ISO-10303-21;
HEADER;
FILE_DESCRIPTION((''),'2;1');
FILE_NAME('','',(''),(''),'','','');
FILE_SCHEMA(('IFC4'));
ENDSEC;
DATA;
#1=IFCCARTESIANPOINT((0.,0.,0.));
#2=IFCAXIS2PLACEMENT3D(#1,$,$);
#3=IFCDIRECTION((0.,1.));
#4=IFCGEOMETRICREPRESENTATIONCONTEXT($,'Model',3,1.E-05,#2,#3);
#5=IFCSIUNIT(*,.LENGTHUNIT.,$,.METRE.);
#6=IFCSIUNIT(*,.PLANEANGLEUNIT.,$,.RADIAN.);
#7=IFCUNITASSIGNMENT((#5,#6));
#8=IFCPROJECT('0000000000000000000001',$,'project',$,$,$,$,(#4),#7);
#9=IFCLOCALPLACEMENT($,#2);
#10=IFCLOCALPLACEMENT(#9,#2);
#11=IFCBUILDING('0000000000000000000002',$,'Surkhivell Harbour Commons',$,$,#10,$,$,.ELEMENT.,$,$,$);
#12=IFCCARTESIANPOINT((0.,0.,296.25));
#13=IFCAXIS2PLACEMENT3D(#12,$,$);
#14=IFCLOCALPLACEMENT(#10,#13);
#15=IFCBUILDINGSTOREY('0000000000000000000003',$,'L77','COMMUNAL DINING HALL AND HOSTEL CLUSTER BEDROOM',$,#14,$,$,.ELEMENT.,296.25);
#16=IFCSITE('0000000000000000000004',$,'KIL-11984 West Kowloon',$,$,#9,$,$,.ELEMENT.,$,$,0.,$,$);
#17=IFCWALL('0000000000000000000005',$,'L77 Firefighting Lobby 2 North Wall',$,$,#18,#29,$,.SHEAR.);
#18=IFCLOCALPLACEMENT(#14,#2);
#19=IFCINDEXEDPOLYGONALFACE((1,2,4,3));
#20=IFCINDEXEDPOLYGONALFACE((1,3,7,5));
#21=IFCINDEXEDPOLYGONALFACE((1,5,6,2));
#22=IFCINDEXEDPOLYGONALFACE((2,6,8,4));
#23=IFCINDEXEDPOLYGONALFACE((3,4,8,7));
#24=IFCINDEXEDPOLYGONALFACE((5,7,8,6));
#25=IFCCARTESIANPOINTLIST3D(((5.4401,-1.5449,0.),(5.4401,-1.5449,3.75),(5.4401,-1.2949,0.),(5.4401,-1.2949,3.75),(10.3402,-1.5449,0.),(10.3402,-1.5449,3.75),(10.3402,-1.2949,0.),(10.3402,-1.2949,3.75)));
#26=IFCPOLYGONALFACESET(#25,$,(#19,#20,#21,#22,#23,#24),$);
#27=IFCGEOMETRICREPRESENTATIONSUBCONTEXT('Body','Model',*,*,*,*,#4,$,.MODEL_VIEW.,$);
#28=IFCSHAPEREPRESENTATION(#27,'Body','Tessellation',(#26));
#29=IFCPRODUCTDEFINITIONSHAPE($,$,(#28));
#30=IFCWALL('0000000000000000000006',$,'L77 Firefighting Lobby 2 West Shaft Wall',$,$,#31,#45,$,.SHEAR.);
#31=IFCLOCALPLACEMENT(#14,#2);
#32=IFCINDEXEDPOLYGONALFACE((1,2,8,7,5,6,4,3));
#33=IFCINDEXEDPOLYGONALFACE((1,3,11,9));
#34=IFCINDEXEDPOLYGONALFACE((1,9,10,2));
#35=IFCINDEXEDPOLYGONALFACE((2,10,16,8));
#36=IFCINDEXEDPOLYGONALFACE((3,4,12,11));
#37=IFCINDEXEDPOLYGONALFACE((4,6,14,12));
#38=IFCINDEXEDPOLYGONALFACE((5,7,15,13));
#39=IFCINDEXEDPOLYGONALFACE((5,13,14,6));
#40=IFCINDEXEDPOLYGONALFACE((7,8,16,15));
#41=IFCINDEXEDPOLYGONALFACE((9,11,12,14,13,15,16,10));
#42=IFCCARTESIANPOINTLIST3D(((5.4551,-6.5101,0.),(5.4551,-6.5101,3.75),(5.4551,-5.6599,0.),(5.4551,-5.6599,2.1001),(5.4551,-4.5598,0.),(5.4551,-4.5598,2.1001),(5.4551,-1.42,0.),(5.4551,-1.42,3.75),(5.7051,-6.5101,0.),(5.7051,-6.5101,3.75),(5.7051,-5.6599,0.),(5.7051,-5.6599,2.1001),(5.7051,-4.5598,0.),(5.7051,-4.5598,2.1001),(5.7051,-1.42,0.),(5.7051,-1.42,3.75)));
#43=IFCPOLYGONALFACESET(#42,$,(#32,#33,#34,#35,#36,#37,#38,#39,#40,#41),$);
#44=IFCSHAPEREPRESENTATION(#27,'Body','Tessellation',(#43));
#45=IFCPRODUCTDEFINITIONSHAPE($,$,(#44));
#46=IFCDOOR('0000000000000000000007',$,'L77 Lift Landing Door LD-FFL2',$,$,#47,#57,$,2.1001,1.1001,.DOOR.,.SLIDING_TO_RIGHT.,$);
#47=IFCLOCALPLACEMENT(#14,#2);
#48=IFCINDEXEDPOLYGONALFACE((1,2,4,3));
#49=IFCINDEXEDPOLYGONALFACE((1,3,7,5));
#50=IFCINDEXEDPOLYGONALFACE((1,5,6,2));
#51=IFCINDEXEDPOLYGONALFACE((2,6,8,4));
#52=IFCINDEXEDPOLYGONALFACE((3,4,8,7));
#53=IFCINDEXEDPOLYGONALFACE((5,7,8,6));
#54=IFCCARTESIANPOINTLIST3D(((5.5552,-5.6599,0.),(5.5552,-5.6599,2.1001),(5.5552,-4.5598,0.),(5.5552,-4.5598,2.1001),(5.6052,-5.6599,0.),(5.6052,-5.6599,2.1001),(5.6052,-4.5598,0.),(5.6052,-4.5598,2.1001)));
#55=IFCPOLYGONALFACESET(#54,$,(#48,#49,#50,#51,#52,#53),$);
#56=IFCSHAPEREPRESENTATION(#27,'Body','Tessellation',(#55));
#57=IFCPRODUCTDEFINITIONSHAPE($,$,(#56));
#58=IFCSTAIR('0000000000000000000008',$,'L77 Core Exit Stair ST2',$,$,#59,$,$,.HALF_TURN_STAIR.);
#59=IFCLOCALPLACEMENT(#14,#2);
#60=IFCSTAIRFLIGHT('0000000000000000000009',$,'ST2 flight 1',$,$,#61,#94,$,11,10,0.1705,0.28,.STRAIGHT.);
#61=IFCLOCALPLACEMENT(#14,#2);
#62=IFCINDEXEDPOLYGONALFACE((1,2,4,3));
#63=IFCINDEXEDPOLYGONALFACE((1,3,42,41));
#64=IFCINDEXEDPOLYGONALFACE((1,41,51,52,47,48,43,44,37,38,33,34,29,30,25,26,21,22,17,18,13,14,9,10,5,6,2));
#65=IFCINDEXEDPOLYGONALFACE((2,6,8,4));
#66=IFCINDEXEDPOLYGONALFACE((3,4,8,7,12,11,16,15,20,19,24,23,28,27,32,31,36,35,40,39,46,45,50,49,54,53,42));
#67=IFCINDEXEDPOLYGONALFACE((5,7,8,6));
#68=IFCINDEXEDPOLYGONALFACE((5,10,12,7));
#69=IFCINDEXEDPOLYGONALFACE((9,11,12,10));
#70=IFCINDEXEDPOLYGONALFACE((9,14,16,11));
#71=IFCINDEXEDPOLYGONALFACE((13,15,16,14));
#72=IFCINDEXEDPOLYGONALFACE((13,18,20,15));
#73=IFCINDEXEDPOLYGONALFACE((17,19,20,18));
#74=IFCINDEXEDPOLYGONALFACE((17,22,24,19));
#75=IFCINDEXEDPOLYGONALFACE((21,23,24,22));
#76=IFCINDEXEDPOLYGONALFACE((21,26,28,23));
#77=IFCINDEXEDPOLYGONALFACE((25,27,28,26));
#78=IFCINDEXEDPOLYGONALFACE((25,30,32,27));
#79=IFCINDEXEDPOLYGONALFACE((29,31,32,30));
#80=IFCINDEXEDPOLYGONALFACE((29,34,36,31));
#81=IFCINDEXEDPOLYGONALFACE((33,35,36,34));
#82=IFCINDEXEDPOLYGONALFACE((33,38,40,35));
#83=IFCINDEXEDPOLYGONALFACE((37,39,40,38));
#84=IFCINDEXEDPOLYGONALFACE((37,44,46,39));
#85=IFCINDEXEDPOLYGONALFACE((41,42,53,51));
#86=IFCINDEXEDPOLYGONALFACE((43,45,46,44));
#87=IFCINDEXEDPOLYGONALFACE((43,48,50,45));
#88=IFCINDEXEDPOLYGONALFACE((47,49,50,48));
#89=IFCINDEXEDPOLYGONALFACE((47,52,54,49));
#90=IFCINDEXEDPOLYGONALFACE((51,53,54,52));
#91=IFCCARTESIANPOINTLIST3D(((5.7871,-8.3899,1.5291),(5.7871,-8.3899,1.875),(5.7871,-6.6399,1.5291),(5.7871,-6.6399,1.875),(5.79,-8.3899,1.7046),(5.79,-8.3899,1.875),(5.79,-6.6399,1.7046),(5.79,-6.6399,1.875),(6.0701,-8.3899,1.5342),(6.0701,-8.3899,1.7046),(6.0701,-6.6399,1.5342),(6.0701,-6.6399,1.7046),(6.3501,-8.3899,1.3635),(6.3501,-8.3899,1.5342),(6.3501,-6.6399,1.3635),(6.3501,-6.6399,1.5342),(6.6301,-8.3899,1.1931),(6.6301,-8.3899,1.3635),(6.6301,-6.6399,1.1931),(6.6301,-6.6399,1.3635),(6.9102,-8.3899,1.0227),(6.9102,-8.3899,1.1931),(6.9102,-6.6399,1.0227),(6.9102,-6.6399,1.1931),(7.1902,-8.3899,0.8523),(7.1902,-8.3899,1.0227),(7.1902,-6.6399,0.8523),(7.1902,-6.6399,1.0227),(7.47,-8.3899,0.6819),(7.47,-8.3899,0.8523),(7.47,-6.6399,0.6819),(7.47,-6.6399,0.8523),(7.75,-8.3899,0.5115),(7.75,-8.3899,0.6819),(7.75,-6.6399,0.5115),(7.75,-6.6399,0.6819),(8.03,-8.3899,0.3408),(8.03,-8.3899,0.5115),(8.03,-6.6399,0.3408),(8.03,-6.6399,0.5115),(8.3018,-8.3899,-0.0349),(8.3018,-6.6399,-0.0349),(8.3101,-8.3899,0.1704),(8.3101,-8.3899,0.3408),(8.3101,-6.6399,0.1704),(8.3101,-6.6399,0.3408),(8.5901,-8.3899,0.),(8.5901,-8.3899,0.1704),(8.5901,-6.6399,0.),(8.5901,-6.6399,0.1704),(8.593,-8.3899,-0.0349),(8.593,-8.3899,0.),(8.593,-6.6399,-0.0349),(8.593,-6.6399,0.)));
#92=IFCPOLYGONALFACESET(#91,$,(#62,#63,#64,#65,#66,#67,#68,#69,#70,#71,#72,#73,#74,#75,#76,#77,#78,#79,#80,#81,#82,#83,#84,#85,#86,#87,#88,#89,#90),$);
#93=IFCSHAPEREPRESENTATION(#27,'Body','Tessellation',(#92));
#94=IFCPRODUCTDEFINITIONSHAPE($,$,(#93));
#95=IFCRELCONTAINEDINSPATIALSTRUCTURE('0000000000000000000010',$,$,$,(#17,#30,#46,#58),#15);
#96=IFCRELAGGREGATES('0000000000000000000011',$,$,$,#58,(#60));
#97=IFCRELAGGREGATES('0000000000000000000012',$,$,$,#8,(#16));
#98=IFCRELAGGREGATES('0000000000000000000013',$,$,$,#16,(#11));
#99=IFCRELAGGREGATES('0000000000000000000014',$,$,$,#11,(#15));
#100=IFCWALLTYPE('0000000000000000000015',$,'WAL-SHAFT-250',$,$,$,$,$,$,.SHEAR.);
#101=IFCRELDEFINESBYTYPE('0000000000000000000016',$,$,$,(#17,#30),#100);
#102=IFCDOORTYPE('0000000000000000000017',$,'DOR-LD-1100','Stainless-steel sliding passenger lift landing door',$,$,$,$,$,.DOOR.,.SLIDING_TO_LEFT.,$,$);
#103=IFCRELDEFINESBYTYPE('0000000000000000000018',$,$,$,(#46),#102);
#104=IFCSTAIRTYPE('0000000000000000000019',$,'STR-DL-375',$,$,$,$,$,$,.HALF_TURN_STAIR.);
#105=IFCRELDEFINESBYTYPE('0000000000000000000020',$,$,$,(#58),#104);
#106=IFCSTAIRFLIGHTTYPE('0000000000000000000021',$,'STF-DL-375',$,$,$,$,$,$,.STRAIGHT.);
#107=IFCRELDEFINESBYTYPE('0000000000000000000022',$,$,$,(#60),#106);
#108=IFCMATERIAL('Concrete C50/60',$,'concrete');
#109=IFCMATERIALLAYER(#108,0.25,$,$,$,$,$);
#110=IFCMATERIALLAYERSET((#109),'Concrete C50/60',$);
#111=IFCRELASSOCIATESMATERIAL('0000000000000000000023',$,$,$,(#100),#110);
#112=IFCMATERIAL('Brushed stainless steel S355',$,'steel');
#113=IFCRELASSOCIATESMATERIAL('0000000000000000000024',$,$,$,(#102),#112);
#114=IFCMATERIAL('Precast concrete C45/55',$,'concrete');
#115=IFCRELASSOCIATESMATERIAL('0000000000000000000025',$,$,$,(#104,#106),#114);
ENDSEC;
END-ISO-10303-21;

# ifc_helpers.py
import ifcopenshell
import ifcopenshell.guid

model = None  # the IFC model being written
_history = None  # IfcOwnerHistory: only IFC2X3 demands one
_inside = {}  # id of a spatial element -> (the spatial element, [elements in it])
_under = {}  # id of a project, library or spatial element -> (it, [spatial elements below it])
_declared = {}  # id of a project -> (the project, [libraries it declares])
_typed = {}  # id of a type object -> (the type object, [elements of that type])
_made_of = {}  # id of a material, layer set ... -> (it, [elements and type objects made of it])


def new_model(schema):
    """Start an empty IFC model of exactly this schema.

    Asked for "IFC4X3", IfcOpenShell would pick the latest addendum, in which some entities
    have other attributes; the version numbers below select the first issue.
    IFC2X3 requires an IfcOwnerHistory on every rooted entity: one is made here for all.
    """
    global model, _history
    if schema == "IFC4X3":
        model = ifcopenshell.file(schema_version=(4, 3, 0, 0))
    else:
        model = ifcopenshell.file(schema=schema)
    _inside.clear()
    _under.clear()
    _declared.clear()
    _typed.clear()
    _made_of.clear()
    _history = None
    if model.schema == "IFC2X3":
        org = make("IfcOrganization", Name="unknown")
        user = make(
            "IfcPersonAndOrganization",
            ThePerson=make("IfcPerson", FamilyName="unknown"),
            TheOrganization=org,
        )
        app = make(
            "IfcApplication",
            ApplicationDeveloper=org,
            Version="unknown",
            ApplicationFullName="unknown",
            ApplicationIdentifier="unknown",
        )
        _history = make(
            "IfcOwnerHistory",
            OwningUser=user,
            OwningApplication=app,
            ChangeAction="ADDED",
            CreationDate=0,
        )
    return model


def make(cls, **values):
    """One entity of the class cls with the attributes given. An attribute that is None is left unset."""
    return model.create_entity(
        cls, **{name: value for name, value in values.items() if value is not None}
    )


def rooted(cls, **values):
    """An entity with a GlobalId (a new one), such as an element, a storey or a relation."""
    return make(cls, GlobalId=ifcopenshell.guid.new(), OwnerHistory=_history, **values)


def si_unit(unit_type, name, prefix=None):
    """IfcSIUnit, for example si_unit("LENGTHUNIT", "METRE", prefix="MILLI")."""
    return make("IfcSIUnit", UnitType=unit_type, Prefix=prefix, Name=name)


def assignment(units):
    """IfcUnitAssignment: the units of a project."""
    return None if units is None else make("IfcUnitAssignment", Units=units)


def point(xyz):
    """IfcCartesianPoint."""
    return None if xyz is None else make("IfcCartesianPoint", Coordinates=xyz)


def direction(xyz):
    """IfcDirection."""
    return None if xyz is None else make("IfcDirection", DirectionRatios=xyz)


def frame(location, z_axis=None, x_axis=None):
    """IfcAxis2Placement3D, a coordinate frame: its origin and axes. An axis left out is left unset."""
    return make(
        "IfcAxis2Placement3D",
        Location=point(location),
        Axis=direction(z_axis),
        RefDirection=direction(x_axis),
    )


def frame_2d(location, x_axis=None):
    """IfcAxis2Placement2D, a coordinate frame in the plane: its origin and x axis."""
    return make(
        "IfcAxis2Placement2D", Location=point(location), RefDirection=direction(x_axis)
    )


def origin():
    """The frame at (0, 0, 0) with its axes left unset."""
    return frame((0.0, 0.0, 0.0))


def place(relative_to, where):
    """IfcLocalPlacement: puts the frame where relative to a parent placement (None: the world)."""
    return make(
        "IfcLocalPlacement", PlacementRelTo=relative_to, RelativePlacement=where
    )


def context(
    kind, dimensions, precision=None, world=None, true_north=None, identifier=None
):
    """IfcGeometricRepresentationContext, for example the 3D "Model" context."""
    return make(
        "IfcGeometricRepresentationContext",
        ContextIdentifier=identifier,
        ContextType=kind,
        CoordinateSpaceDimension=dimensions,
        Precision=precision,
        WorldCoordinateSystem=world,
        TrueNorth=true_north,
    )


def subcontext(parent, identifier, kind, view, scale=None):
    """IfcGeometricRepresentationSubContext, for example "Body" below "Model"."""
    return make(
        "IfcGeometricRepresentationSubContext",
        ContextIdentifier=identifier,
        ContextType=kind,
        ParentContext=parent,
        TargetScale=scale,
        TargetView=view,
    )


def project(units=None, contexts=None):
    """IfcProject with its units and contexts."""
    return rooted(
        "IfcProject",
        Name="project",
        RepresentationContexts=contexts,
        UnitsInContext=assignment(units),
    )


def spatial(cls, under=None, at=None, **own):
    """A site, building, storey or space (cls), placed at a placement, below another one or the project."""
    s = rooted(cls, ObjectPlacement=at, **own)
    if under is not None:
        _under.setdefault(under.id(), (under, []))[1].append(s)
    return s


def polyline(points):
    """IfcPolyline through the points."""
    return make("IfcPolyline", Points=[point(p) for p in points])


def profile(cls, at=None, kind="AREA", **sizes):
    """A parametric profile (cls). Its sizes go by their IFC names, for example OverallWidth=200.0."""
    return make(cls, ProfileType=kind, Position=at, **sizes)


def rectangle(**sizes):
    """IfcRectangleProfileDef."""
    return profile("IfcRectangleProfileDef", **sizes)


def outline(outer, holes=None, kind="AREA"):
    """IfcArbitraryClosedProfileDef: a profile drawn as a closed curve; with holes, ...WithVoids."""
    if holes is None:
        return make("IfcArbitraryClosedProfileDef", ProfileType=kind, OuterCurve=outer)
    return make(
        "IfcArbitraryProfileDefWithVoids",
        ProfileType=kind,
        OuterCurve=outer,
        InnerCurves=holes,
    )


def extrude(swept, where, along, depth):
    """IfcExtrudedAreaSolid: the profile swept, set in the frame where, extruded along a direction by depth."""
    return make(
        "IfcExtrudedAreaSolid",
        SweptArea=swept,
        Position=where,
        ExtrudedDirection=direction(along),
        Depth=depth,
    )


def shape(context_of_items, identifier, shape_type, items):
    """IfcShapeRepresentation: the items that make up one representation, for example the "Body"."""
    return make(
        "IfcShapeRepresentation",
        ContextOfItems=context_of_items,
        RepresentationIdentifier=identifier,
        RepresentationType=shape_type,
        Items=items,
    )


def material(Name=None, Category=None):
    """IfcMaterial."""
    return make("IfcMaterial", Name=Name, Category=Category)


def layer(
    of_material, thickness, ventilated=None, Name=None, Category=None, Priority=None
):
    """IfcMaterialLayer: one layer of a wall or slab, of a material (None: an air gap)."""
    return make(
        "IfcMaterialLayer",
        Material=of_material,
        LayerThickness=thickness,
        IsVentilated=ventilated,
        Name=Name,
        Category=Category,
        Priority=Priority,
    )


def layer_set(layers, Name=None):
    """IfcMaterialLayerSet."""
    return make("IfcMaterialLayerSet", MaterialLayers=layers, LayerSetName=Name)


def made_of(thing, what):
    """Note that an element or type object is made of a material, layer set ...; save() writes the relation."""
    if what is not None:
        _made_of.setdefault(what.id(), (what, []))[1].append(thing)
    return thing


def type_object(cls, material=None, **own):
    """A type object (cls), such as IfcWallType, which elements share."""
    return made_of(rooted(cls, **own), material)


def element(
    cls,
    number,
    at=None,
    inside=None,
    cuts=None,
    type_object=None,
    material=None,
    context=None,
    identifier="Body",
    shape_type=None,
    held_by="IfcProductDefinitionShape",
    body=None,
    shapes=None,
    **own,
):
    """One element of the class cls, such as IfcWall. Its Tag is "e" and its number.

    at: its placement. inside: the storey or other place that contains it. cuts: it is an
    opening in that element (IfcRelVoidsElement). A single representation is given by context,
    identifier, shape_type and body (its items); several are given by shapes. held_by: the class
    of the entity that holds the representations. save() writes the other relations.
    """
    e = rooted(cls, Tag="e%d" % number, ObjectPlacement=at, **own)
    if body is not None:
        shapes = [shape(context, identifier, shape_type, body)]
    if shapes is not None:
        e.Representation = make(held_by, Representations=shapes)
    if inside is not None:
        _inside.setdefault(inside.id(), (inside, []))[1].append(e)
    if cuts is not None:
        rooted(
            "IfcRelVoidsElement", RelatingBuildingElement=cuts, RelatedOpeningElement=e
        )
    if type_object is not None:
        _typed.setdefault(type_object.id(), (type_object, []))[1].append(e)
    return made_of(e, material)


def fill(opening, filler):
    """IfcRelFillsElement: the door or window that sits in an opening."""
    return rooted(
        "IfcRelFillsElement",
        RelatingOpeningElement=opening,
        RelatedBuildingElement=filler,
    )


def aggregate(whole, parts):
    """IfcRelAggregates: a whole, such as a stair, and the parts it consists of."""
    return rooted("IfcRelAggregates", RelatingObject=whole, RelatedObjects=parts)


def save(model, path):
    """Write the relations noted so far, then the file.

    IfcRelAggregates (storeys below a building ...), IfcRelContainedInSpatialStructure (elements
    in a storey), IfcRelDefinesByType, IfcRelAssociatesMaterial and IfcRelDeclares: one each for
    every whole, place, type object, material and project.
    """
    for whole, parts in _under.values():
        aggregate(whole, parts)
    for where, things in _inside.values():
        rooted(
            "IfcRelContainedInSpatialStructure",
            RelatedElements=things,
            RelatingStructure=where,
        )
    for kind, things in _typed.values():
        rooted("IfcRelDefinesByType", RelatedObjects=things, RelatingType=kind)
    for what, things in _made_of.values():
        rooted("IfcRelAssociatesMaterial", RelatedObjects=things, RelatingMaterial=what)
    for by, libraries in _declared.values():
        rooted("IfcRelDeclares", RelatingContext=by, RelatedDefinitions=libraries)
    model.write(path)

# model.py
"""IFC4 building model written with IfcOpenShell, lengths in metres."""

from ifc_helpers import new_model, si_unit, direction, frame, frame_2d, origin, place, context, subcontext, project, spatial, polyline, rectangle, outline, extrude, material, layer, layer_set, type_object, element, fill, aggregate, save


model = new_model("IFC4")

# Units and contexts
model_context = context("Model", 3, precision=1e-05, world=origin(), true_north=direction((0.0, 1.0)))
body_context = subcontext(model_context, "Body", "Model", "MODEL_VIEW")
ifc_project = project(units=[si_unit("LENGTHUNIT", "METRE"), si_unit("PLANEANGLEUNIT", "RADIAN")], contexts=[model_context])

# Site, building, storey
site_placement = place(None, origin())
site = spatial("IfcSite", under=ifc_project, at=site_placement, Name="KIL-11984 West Kowloon", CompositionType="ELEMENT", RefElevation=0.0)
building_placement = place(site_placement, origin())
building = spatial("IfcBuilding", under=site, at=building_placement, Name="Surkhivell Harbour Commons", CompositionType="ELEMENT")
storey_placement = place(building_placement, frame((0.0, 0.0, 296.25)))
storey = spatial("IfcBuildingStorey", under=building, at=storey_placement, Name="L77", Description="COMMUNAL DINING HALL AND HOSTEL CLUSTER BEDROOM", CompositionType="ELEMENT", Elevation=296.25)

# Shared definitions
ifc_material_1 = material(Name="Concrete C50/60", Category="concrete")

# Wall
ifc_layer_1 = layer(ifc_material_1, 0.25)
ifc_layer_set_1 = layer_set([ifc_layer_1], Name="Concrete C50/60")
wall_type_1 = type_object("IfcWallType", Name="WAL-SHAFT-250", PredefinedType="SHEAR", material=ifc_layer_set_1)
wall_1_placement = place(storey_placement, frame((5.4399, -1.4199, 0.0), z_axis=(0.0, 0.0, 1.0), x_axis=(1.0, 0.0, 0.0)))
element("IfcWall", 1, at=wall_1_placement, inside=storey, type_object=wall_type_1, Name="L77 Firefighting Lobby 2 North Wall", PredefinedType="SHEAR", context=body_context, shape_type="SweptSolid", body=[
    extrude(rectangle(XDim=4.9001, YDim=0.25, at=frame_2d((2.4502, 0.0))), origin(), (0.0, 0.0, 1.0), 3.75),
])

# Wall, opening, door
wall_2_placement = place(storey_placement, frame((5.5801, -6.51, 0.0), z_axis=(0.0, 0.0, 1.0), x_axis=(0.0, 1.0, 0.0)))
wall_2 = element("IfcWall", 2, at=wall_2_placement, inside=storey, type_object=wall_type_1, Name="L77 Firefighting Lobby 2 West Shaft Wall", PredefinedType="SHEAR", context=body_context, shape_type="SweptSolid", body=[
    extrude(rectangle(XDim=5.0901, YDim=0.25, at=frame_2d((2.5449, 0.0))), origin(), (0.0, 0.0, 1.0), 3.75),
])
opening_1_placement = place(wall_2_placement, frame((0.8501, 0.0, 0.0)))
opening_1 = element("IfcOpeningElement", 3, at=opening_1_placement, cuts=wall_2, PredefinedType="OPENING", context=body_context, shape_type="SweptSolid", body=[
    extrude(rectangle(XDim=1.1001, YDim=2.1001, at=frame_2d((0.55, 1.05))), frame((0.0, 0.135, 0.0), z_axis=(0.0, -1.0, 0.0), x_axis=(1.0, 0.0, 0.0)), (0.0, 0.0, 1.0), 0.27),
])
ifc_material_2 = material(Name="Brushed stainless steel S355", Category="steel")
door_type_1 = type_object("IfcDoorType", Name="DOR-LD-1100", Description="Stainless-steel sliding passenger lift landing door", OperationType="SLIDING_TO_LEFT", PredefinedType="DOOR", material=ifc_material_2)
door_1_placement = place(opening_1_placement, origin())
door_1 = element("IfcDoor", 4, at=door_1_placement, inside=storey, type_object=door_type_1, Name="L77 Lift Landing Door LD-FFL2", OperationType="SLIDING_TO_RIGHT", OverallHeight=2.1001, OverallWidth=1.1001, PredefinedType="DOOR", context=body_context, shape_type="SweptSolid", body=[
    extrude(rectangle(XDim=1.1001, YDim=2.1001, at=frame_2d((0.55, 1.05))), frame((0.0, 0.0249, 0.0), z_axis=(0.0, -1.0, 0.0), x_axis=(1.0, 0.0, 0.0)), (0.0, 0.0, 1.0), 0.05),
])
fill(opening_1, door_1)

# Stair, stair flight
ifc_material_3 = material(Name="Precast concrete C45/55", Category="concrete")
stair_type = type_object("IfcStairType", Name="STR-DL-375", PredefinedType="HALF_TURN_STAIR", material=ifc_material_3)
stair_placement = place(storey_placement, origin())
stair = element("IfcStair", 5, at=stair_placement, inside=storey, type_object=stair_type, Name="L77 Core Exit Stair ST2", PredefinedType="HALF_TURN_STAIR")
stair_flight_type = type_object("IfcStairFlightType", Name="STF-DL-375", PredefinedType="STRAIGHT", material=ifc_material_3)
stair_flight_placement = place(storey_placement, frame((8.5901, -7.5149, 0.0), z_axis=(0.0, 0.0, 1.0), x_axis=(-1.0, 0.0, 0.0)))
stair_flight = element("IfcStairFlight", 6, at=stair_flight_placement, type_object=stair_flight_type, Name="ST2 flight 1", NumberOfRisers=11, NumberOfTreads=10, PredefinedType="STRAIGHT", RiserHeight=0.1705, TreadLength=0.28, context=body_context, shape_type="SweptSolid", body=[
    extrude(outline(polyline([(-0.0029, -0.0349), (-0.0029, 0.0), (0.0, 0.0), (0.0, 0.1704), (0.28, 0.1704), (0.28, 0.3408), (0.5601, 0.3408), (0.5601, 0.5115), (0.8401, 0.5115), (0.8401, 0.6819), (1.1201, 0.6819), (1.1201, 0.8523), (1.3999, 0.8523), (1.3999, 1.0227), (1.6799, 1.0227), (1.6799, 1.1931), (1.96, 1.1931), (1.96, 1.3635), (2.24, 1.3635), (2.24, 1.5342), (2.52, 1.5342), (2.52, 1.7046), (2.8, 1.7046), (2.8, 1.875), (2.803, 1.875), (2.803, 1.5291), (0.2883, -0.0349), (-0.0029, -0.0349)])), frame((0.0, 0.875, 0.0), z_axis=(0.0, -1.0, 0.0), x_axis=(1.0, 0.0, 0.0)), (0.0, 0.0, 1.0), 1.75),
])
aggregate(stair, [stair_flight])

save(model, "model.ifc")
